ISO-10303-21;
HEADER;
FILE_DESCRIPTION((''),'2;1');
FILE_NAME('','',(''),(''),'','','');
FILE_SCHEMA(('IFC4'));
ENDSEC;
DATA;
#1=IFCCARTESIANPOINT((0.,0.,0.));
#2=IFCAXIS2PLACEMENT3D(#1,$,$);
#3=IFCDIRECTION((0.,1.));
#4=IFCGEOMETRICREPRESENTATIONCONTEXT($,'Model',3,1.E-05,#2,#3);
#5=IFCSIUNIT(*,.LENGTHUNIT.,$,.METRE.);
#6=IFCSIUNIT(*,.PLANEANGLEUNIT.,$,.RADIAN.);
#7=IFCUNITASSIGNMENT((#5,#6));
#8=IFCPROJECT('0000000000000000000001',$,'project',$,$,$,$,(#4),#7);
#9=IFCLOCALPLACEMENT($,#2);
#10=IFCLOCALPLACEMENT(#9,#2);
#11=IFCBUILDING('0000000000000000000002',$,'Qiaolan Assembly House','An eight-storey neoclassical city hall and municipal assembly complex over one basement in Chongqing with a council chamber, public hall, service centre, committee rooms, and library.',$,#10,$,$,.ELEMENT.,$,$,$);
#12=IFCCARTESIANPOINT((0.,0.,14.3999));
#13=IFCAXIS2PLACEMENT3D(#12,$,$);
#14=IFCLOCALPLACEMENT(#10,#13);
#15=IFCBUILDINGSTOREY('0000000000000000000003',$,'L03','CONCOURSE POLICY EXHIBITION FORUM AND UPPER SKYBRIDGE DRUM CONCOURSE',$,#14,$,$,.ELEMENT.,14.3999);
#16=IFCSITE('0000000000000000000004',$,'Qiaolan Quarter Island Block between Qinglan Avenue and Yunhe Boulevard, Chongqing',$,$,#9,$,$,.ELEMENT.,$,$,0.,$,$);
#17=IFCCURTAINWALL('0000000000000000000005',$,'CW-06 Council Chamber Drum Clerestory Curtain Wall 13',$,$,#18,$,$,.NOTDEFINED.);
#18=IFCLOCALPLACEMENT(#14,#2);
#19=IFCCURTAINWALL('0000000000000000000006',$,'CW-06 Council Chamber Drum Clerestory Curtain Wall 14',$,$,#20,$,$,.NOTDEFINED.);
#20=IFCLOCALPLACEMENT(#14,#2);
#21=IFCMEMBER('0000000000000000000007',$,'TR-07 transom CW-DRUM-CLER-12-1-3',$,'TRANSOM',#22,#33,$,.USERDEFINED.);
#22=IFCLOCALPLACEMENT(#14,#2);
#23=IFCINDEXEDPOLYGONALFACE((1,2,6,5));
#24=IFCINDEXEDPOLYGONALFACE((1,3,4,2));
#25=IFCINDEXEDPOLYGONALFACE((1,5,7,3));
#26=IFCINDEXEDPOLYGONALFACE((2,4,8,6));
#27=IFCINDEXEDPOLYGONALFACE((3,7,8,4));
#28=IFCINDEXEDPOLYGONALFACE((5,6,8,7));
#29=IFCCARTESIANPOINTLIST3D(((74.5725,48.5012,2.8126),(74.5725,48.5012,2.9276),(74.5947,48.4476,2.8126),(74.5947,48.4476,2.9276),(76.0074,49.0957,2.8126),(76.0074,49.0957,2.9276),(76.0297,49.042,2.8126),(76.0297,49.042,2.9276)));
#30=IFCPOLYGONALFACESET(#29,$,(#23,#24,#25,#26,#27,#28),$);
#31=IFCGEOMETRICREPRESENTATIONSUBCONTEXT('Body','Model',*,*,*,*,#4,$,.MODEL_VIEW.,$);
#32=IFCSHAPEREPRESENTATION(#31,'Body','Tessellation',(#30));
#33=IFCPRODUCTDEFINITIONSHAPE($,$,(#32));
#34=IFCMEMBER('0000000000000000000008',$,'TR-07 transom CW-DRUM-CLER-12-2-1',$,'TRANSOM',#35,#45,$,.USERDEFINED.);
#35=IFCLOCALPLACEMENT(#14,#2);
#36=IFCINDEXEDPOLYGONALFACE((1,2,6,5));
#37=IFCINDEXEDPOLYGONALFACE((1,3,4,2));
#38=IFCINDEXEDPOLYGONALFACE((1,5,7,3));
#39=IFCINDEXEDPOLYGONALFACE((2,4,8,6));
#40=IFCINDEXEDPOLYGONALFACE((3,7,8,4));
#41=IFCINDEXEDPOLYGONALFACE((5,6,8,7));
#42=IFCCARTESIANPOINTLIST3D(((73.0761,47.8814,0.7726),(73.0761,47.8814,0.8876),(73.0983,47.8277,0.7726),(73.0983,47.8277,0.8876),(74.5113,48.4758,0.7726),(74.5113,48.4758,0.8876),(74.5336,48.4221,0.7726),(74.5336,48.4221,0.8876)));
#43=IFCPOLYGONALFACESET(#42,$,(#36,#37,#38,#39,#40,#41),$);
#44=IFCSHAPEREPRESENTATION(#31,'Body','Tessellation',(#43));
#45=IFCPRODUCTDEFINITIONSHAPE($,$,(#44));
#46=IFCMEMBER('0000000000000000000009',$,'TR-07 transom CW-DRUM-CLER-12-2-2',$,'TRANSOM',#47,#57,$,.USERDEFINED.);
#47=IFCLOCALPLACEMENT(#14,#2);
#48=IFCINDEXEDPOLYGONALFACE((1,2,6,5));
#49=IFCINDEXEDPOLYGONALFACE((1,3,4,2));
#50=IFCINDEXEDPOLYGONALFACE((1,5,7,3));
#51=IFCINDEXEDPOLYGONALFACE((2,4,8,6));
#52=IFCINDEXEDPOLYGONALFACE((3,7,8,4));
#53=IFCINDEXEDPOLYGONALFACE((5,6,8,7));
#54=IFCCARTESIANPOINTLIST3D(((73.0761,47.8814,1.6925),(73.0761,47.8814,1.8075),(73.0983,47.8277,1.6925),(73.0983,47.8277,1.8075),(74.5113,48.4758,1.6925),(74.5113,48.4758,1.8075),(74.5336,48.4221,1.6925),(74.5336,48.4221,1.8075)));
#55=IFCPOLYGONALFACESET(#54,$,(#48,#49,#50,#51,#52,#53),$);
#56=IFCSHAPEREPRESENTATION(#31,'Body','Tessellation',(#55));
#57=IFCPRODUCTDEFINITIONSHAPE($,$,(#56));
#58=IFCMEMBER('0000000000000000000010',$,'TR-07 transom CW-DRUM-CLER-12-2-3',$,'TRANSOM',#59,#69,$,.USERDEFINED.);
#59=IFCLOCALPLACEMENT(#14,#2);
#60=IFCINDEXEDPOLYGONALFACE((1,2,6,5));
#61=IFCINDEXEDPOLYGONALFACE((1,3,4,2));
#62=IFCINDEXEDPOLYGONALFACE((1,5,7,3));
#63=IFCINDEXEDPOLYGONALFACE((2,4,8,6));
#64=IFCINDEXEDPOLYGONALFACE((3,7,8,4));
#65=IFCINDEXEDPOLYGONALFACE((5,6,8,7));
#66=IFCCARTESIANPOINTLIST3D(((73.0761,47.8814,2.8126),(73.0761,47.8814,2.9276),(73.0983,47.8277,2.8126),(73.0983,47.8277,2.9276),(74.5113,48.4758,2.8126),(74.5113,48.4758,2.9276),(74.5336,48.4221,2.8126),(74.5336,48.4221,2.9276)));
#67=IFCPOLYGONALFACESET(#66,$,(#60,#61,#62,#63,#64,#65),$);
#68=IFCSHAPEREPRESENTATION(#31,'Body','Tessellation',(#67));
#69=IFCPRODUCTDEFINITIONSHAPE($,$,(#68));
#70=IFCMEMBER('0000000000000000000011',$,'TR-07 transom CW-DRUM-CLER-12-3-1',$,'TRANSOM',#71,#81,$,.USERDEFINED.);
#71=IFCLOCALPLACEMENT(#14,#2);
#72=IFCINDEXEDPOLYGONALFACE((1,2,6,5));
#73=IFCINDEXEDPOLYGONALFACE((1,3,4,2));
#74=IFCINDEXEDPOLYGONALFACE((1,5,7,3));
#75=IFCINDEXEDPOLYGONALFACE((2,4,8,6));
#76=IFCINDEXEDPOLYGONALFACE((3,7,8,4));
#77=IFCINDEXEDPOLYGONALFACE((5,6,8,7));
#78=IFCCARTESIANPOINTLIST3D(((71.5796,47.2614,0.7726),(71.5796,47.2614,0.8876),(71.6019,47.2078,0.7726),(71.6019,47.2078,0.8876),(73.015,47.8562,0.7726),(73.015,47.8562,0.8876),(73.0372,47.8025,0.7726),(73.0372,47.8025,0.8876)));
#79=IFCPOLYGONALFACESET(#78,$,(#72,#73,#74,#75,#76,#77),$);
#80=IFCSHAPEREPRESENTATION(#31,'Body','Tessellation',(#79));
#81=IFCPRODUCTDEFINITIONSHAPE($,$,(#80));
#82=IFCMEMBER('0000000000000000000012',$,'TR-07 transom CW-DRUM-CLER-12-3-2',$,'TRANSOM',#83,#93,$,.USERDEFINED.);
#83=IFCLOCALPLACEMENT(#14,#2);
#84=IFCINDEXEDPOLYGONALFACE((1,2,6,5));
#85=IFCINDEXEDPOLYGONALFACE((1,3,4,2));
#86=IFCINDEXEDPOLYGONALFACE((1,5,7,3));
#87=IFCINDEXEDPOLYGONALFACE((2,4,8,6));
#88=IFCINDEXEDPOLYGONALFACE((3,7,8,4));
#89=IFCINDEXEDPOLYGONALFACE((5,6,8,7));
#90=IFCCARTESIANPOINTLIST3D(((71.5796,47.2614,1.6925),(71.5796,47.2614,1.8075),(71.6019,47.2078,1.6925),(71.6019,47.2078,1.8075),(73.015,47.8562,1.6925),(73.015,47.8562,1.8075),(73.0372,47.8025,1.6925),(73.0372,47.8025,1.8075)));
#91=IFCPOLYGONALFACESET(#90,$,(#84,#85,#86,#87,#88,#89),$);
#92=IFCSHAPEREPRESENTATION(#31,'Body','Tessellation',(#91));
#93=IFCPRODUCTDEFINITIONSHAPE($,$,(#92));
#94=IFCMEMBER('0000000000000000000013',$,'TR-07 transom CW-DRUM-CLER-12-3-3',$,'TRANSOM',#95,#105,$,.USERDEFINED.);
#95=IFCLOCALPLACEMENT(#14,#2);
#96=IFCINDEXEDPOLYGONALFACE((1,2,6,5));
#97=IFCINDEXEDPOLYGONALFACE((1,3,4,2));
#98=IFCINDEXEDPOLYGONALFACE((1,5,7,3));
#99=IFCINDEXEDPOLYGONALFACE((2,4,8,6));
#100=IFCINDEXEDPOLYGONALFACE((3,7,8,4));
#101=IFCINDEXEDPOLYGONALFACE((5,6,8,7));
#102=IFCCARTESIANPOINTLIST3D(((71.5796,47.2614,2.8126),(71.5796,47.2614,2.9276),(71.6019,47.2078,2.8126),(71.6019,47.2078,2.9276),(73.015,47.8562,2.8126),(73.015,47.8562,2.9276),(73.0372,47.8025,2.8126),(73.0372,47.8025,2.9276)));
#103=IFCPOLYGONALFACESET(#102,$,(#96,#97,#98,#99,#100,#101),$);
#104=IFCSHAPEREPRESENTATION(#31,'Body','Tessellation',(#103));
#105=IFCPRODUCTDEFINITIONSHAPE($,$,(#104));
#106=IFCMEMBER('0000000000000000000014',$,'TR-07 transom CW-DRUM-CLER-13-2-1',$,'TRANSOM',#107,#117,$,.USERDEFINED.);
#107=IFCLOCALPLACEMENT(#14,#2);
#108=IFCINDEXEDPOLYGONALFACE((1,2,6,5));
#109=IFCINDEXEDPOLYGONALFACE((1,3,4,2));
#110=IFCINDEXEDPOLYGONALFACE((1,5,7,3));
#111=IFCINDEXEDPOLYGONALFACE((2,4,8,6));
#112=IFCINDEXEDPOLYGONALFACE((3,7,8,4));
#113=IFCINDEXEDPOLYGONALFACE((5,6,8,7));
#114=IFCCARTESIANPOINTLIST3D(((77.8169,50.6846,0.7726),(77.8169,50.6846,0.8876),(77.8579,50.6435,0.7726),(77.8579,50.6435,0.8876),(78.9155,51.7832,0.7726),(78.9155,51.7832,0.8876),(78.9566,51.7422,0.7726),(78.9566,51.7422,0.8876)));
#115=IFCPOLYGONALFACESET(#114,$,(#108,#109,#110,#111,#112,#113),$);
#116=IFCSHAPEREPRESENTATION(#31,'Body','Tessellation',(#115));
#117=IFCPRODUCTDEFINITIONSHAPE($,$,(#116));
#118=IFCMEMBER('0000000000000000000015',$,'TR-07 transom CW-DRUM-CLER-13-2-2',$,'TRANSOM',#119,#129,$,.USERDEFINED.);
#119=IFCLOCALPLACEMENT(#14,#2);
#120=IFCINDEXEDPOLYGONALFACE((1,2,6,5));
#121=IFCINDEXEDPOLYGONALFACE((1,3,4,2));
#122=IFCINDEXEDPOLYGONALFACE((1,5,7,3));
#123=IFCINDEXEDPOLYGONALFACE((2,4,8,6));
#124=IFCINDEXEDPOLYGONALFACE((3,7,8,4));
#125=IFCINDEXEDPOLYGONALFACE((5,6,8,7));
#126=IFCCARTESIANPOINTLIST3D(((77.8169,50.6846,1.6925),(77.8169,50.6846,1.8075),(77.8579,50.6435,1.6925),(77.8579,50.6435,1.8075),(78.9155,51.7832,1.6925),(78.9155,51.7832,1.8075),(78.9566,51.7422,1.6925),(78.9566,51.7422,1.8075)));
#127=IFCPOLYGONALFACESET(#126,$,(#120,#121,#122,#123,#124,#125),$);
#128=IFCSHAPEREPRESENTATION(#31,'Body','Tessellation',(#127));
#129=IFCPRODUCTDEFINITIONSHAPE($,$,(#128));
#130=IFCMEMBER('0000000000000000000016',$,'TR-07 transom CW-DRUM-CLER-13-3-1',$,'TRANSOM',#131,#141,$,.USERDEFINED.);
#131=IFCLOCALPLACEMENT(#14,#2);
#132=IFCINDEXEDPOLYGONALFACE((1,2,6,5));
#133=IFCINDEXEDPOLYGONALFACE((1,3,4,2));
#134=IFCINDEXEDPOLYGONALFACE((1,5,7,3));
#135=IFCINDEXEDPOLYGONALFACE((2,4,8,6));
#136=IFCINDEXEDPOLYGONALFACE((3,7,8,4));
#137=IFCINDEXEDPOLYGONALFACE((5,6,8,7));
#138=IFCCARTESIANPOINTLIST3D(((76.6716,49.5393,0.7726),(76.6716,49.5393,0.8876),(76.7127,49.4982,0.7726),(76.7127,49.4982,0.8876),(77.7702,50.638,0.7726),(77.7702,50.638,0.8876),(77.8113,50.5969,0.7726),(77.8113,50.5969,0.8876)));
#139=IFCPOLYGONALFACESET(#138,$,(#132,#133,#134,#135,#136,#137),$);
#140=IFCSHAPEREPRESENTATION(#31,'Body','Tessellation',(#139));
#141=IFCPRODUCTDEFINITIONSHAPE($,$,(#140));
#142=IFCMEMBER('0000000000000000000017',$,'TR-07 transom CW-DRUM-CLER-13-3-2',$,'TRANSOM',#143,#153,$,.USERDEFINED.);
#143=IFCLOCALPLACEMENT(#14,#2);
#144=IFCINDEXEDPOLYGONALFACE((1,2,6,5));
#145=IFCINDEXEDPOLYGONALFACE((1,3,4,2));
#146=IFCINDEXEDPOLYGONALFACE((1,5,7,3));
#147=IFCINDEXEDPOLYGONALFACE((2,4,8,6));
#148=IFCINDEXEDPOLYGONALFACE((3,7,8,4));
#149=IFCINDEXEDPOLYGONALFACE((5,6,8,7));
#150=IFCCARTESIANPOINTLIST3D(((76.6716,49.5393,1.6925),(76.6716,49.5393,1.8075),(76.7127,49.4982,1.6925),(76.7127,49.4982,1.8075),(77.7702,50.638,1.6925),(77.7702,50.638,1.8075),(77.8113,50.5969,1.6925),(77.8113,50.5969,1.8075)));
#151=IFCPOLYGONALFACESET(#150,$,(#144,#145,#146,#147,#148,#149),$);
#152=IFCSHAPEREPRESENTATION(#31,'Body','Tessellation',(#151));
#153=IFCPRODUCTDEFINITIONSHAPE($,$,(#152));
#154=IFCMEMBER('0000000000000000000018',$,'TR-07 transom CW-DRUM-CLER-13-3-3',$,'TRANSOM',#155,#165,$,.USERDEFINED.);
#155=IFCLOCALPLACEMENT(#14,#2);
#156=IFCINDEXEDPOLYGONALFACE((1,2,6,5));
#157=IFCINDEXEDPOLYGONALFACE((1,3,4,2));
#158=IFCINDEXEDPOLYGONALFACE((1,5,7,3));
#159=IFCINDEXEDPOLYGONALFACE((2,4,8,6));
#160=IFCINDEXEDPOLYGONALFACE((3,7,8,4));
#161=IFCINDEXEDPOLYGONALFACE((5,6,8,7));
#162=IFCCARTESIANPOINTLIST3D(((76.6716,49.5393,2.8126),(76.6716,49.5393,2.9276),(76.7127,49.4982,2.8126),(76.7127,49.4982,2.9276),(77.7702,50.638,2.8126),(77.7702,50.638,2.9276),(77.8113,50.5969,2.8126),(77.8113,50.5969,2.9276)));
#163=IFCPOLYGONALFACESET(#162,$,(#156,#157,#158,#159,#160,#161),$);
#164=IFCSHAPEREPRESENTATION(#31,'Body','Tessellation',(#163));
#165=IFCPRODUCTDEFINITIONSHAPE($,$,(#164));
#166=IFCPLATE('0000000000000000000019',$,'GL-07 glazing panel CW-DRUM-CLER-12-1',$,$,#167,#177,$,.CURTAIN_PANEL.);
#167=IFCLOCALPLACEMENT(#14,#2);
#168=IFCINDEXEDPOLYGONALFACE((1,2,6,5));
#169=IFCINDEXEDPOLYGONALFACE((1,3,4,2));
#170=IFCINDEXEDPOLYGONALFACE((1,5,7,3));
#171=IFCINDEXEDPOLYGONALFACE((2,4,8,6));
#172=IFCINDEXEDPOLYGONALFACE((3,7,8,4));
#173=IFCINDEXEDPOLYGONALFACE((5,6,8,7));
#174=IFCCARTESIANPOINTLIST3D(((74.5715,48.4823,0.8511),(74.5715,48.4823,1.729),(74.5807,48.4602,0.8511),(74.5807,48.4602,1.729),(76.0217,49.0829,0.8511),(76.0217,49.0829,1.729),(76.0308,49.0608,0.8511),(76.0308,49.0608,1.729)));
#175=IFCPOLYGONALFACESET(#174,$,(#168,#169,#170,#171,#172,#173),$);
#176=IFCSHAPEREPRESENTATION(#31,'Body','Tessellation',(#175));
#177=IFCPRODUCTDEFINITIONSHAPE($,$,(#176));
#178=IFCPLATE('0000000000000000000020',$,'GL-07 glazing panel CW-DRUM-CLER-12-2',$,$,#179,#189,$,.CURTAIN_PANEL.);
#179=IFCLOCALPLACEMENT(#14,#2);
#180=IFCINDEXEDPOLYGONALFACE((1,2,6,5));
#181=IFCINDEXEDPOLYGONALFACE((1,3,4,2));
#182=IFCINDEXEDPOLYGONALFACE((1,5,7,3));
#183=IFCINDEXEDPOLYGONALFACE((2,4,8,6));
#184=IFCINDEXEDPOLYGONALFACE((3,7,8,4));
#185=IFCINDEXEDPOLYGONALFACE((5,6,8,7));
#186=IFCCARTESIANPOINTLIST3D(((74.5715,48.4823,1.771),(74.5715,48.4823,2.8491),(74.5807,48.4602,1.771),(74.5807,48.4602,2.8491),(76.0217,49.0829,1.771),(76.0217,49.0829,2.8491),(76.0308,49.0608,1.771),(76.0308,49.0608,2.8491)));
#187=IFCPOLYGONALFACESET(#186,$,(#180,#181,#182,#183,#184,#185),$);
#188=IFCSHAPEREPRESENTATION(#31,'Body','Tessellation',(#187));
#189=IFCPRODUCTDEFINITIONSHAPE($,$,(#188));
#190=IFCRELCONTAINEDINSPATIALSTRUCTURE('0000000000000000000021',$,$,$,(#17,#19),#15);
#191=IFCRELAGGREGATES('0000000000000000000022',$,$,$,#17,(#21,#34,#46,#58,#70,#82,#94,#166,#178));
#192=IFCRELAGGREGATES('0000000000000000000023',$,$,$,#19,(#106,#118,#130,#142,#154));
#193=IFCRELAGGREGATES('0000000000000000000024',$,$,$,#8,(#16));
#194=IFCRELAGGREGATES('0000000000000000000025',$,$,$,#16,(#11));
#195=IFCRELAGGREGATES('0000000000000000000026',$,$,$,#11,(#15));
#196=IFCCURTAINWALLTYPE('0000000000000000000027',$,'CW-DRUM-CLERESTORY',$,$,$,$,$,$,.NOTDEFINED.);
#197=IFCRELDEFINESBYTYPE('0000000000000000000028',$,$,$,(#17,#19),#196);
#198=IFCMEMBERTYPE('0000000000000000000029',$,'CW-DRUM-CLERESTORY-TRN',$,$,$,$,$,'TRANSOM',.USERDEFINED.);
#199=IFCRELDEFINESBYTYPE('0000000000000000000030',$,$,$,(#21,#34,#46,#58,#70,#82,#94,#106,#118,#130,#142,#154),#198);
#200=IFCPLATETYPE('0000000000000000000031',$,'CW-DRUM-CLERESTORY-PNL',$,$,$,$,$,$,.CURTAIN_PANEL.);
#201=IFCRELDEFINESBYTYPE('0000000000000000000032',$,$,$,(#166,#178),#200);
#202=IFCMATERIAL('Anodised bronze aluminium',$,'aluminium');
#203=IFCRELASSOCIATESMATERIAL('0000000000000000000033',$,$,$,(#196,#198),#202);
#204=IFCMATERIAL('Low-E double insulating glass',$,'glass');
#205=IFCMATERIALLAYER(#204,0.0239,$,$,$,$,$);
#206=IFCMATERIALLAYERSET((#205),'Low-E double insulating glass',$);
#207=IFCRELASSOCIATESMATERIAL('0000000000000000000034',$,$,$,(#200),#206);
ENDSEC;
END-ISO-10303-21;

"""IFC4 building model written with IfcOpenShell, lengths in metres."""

from ifc_helpers import new_model, si_unit, direction, frame, frame_2d, origin, origin_2d, place, context, subcontext, project, spatial, rectangle, extrude, material, layer, layer_set, material_profile, profile_set, type_object, element, aggregate, save


model = new_model("IFC4")

# Units and contexts
model_context = context("Model", 3, precision=1e-05, world=origin(), true_north=direction((0.0, 1.0)))
body_context = subcontext(model_context, "Body", "Model", "MODEL_VIEW")
ifc_project = project(units=[si_unit("LENGTHUNIT", "METRE"), si_unit("PLANEANGLEUNIT", "RADIAN")], contexts=[model_context])

# Site, building, storey
site_placement = place(None, origin())
site = spatial("IfcSite", under=ifc_project, at=site_placement, Name="Qiaolan Quarter Island Block between Qinglan Avenue and Yunhe Boulevard, Chongqing", CompositionType="ELEMENT", RefElevation=0.0)
building_placement = place(site_placement, origin())
building = spatial("IfcBuilding", under=site, at=building_placement, Name="Qiaolan Assembly House", Description="An eight-storey neoclassical city hall and municipal assembly complex over one basement in Chongqing with a council chamber, public hall, service centre, committee rooms, and library.", CompositionType="ELEMENT")
storey_placement = place(building_placement, frame((0.0, 0.0, 14.3999)))
storey = spatial("IfcBuildingStorey", under=building, at=storey_placement, Name="L03", Description="CONCOURSE POLICY EXHIBITION FORUM AND UPPER SKYBRIDGE DRUM CONCOURSE", CompositionType="ELEMENT", Elevation=14.3999)

# Curtain walls
ifc_material_1 = material(Name="Anodised bronze aluminium", Category="aluminium")
curtain_wall_type = type_object("IfcCurtainWallType", Name="CW-DRUM-CLERESTORY", PredefinedType="NOTDEFINED", material=ifc_material_1)
curtain_wall_1_placement = place(storey_placement, origin())
curtain_wall_1 = element("IfcCurtainWall", 1, at=curtain_wall_1_placement, inside=storey, type_object=curtain_wall_type, Name="CW-06 Council Chamber Drum Clerestory Curtain Wall 13", PredefinedType="NOTDEFINED")
curtain_wall_2_placement = place(storey_placement, origin())
curtain_wall_2 = element("IfcCurtainWall", 2, at=curtain_wall_2_placement, inside=storey, type_object=curtain_wall_type, Name="CW-06 Council Chamber Drum Clerestory Curtain Wall 14", PredefinedType="NOTDEFINED")

# Members
ifc_material_profile_1 = material_profile(ifc_material_1, rectangle(XDim=0.0581, YDim=0.115, at=origin_2d()), Name="TRN 58x115")
ifc_profile_set_1 = profile_set([ifc_material_profile_1], Name="Anodised bronze aluminium")
member_type_1 = type_object("IfcMemberType", Name="CW-DRUM-CLERESTORY-TRN", ElementType="TRANSOM", PredefinedType="USERDEFINED", material=ifc_profile_set_1)
member_1_placement = place(storey_placement, frame((76.0186, 49.0688, 2.8701), z_axis=(-0.923865, -0.382717, 0.0), x_axis=(0.382717, -0.923865, 0.0)))
member_1 = element("IfcMember", 3, at=member_1_placement, type_object=member_type_1, Name="TR-07 transom CW-DRUM-CLER-12-1-3", ObjectType="TRANSOM", PredefinedType="USERDEFINED", context=body_context, shape_type="SweptSolid", body=[
    extrude(rectangle(XDim=0.0581, YDim=0.115, at=origin_2d()), origin(), (0.0, 0.0, 1.0), 1.5532),
])
member_2_placement = place(storey_placement, frame((74.5225, 48.449, 0.8301), z_axis=(-0.923889, -0.382662, 0.0), x_axis=(0.382662, -0.923889, 0.0)))
member_2 = element("IfcMember", 4, at=member_2_placement, type_object=member_type_1, Name="TR-07 transom CW-DRUM-CLER-12-2-1", ObjectType="TRANSOM", PredefinedType="USERDEFINED", context=body_context, shape_type="SweptSolid", body=[
    extrude(rectangle(XDim=0.0581, YDim=0.115, at=origin_2d()), origin(), (0.0, 0.0, 1.0), 1.5535),
])
member_3_placement = place(storey_placement, frame((74.5225, 48.449, 1.75), z_axis=(-0.923889, -0.382662, 0.0), x_axis=(0.382662, -0.923889, 0.0)))
member_3 = element("IfcMember", 5, at=member_3_placement, type_object=member_type_1, Name="TR-07 transom CW-DRUM-CLER-12-2-2", ObjectType="TRANSOM", PredefinedType="USERDEFINED", context=body_context, shape_type="SweptSolid", body=[
    extrude(rectangle(XDim=0.0581, YDim=0.115, at=origin_2d()), origin(), (0.0, 0.0, 1.0), 1.5535),
])
member_4_placement = place(storey_placement, frame((74.5225, 48.449, 2.8701), z_axis=(-0.923889, -0.382662, 0.0), x_axis=(0.382662, -0.923889, 0.0)))
member_4 = element("IfcMember", 6, at=member_4_placement, type_object=member_type_1, Name="TR-07 transom CW-DRUM-CLER-12-2-3", ObjectType="TRANSOM", PredefinedType="USERDEFINED", context=body_context, shape_type="SweptSolid", body=[
    extrude(rectangle(XDim=0.0581, YDim=0.115, at=origin_2d()), origin(), (0.0, 0.0, 1.0), 1.5535),
])
member_5_placement = place(storey_placement, frame((73.0261, 47.8293, 0.8301), z_axis=(-0.923833, -0.382796, 0.0), x_axis=(0.382796, -0.923833, 0.0)))
member_5 = element("IfcMember", 7, at=member_5_placement, type_object=member_type_1, Name="TR-07 transom CW-DRUM-CLER-12-3-1", ObjectType="TRANSOM", PredefinedType="USERDEFINED", context=body_context, shape_type="SweptSolid", body=[
    extrude(rectangle(XDim=0.0581, YDim=0.115, at=origin_2d()), origin(), (0.0, 0.0, 1.0), 1.5537),
])
member_6_placement = place(storey_placement, frame((73.0261, 47.8293, 1.75), z_axis=(-0.923833, -0.382796, 0.0), x_axis=(0.382796, -0.923833, 0.0)))
member_6 = element("IfcMember", 8, at=member_6_placement, type_object=member_type_1, Name="TR-07 transom CW-DRUM-CLER-12-3-2", ObjectType="TRANSOM", PredefinedType="USERDEFINED", context=body_context, shape_type="SweptSolid", body=[
    extrude(rectangle(XDim=0.0581, YDim=0.115, at=origin_2d()), origin(), (0.0, 0.0, 1.0), 1.5537),
])
member_7_placement = place(storey_placement, frame((73.0261, 47.8293, 2.8701), z_axis=(-0.923833, -0.382796, 0.0), x_axis=(0.382796, -0.923833, 0.0)))
member_7 = element("IfcMember", 9, at=member_7_placement, type_object=member_type_1, Name="TR-07 transom CW-DRUM-CLER-12-3-3", ObjectType="TRANSOM", PredefinedType="USERDEFINED", context=body_context, shape_type="SweptSolid", body=[
    extrude(rectangle(XDim=0.0581, YDim=0.115, at=origin_2d()), origin(), (0.0, 0.0, 1.0), 1.5537),
])
member_8_placement = place(storey_placement, frame((78.936, 51.7627, 0.8301), z_axis=(-0.707107, -0.707107, 0.0), x_axis=(0.707107, -0.707107, 0.0)))
member_8 = element("IfcMember", 10, at=member_8_placement, type_object=member_type_1, Name="TR-07 transom CW-DRUM-CLER-13-2-1", ObjectType="TRANSOM", PredefinedType="USERDEFINED", context=body_context, shape_type="SweptSolid", body=[
    extrude(rectangle(XDim=0.0581, YDim=0.115, at=origin_2d()), origin(), (0.0, 0.0, 1.0), 1.5537),
])
member_9_placement = place(storey_placement, frame((78.936, 51.7627, 1.75), z_axis=(-0.707107, -0.707107, 0.0), x_axis=(0.707107, -0.707107, 0.0)))
member_9 = element("IfcMember", 11, at=member_9_placement, type_object=member_type_1, Name="TR-07 transom CW-DRUM-CLER-13-2-2", ObjectType="TRANSOM", PredefinedType="USERDEFINED", context=body_context, shape_type="SweptSolid", body=[
    extrude(rectangle(XDim=0.0581, YDim=0.115, at=origin_2d()), origin(), (0.0, 0.0, 1.0), 1.5537),
])
member_10_placement = place(storey_placement, frame((77.7908, 50.6174, 0.8301), z_axis=(-0.707107, -0.707107, 0.0), x_axis=(0.707107, -0.707107, 0.0)))
member_10 = element("IfcMember", 12, at=member_10_placement, type_object=member_type_1, Name="TR-07 transom CW-DRUM-CLER-13-3-1", ObjectType="TRANSOM", PredefinedType="USERDEFINED", context=body_context, shape_type="SweptSolid", body=[
    extrude(rectangle(XDim=0.0581, YDim=0.115, at=origin_2d()), origin(), (0.0, 0.0, 1.0), 1.5537),
])
member_11_placement = place(storey_placement, frame((77.7908, 50.6174, 1.75), z_axis=(-0.707107, -0.707107, 0.0), x_axis=(0.707107, -0.707107, 0.0)))
member_11 = element("IfcMember", 13, at=member_11_placement, type_object=member_type_1, Name="TR-07 transom CW-DRUM-CLER-13-3-2", ObjectType="TRANSOM", PredefinedType="USERDEFINED", context=body_context, shape_type="SweptSolid", body=[
    extrude(rectangle(XDim=0.0581, YDim=0.115, at=origin_2d()), origin(), (0.0, 0.0, 1.0), 1.5537),
])
member_12_placement = place(storey_placement, frame((77.7908, 50.6174, 2.8701), z_axis=(-0.707107, -0.707107, 0.0), x_axis=(0.707107, -0.707107, 0.0)))
member_12 = element("IfcMember", 14, at=member_12_placement, type_object=member_type_1, Name="TR-07 transom CW-DRUM-CLER-13-3-3", ObjectType="TRANSOM", PredefinedType="USERDEFINED", context=body_context, shape_type="SweptSolid", body=[
    extrude(rectangle(XDim=0.0581, YDim=0.115, at=origin_2d()), origin(), (0.0, 0.0, 1.0), 1.5537),
])

# Plates
ifc_material_2 = material(Name="Low-E double insulating glass", Category="glass")
ifc_layer_1 = layer(ifc_material_2, 0.0239)
ifc_layer_set_1 = layer_set([ifc_layer_1], Name="Low-E double insulating glass")
plate_type = type_object("IfcPlateType", Name="CW-DRUM-CLERESTORY-PNL", PredefinedType="CURTAIN_PANEL", material=ifc_layer_set_1)
plate_1_placement = place(storey_placement, frame((76.0261, 49.0718, 0.8511), z_axis=(0.0, 0.0, 1.0), x_axis=(-0.923903, -0.382627, 0.0)))
plate_1 = element("IfcPlate", 15, at=plate_1_placement, type_object=plate_type, Name="GL-07 glazing panel CW-DRUM-CLER-12-1", PredefinedType="CURTAIN_PANEL", context=body_context, shape_type="SweptSolid", body=[
    extrude(rectangle(XDim=1.5696, YDim=0.0239, at=frame_2d((0.7847, 0.0))), origin(), (0.0, 0.0, 1.0), 0.8779),
])
plate_2_placement = place(storey_placement, frame((76.0261, 49.0718, 1.771), z_axis=(0.0, 0.0, 1.0), x_axis=(-0.923903, -0.382627, 0.0)))
plate_2 = element("IfcPlate", 16, at=plate_2_placement, type_object=plate_type, Name="GL-07 glazing panel CW-DRUM-CLER-12-2", PredefinedType="CURTAIN_PANEL", context=body_context, shape_type="SweptSolid", body=[
    extrude(rectangle(XDim=1.5696, YDim=0.0239, at=frame_2d((0.7847, 0.0))), origin(), (0.0, 0.0, 1.0), 1.0781),
])
aggregate(curtain_wall_1, [member_1, member_2, member_3, member_4, member_5, member_6, member_7, plate_1, plate_2])
aggregate(curtain_wall_2, [member_8, member_9, member_10, member_11, member_12])

save(model, "model.ifc")
